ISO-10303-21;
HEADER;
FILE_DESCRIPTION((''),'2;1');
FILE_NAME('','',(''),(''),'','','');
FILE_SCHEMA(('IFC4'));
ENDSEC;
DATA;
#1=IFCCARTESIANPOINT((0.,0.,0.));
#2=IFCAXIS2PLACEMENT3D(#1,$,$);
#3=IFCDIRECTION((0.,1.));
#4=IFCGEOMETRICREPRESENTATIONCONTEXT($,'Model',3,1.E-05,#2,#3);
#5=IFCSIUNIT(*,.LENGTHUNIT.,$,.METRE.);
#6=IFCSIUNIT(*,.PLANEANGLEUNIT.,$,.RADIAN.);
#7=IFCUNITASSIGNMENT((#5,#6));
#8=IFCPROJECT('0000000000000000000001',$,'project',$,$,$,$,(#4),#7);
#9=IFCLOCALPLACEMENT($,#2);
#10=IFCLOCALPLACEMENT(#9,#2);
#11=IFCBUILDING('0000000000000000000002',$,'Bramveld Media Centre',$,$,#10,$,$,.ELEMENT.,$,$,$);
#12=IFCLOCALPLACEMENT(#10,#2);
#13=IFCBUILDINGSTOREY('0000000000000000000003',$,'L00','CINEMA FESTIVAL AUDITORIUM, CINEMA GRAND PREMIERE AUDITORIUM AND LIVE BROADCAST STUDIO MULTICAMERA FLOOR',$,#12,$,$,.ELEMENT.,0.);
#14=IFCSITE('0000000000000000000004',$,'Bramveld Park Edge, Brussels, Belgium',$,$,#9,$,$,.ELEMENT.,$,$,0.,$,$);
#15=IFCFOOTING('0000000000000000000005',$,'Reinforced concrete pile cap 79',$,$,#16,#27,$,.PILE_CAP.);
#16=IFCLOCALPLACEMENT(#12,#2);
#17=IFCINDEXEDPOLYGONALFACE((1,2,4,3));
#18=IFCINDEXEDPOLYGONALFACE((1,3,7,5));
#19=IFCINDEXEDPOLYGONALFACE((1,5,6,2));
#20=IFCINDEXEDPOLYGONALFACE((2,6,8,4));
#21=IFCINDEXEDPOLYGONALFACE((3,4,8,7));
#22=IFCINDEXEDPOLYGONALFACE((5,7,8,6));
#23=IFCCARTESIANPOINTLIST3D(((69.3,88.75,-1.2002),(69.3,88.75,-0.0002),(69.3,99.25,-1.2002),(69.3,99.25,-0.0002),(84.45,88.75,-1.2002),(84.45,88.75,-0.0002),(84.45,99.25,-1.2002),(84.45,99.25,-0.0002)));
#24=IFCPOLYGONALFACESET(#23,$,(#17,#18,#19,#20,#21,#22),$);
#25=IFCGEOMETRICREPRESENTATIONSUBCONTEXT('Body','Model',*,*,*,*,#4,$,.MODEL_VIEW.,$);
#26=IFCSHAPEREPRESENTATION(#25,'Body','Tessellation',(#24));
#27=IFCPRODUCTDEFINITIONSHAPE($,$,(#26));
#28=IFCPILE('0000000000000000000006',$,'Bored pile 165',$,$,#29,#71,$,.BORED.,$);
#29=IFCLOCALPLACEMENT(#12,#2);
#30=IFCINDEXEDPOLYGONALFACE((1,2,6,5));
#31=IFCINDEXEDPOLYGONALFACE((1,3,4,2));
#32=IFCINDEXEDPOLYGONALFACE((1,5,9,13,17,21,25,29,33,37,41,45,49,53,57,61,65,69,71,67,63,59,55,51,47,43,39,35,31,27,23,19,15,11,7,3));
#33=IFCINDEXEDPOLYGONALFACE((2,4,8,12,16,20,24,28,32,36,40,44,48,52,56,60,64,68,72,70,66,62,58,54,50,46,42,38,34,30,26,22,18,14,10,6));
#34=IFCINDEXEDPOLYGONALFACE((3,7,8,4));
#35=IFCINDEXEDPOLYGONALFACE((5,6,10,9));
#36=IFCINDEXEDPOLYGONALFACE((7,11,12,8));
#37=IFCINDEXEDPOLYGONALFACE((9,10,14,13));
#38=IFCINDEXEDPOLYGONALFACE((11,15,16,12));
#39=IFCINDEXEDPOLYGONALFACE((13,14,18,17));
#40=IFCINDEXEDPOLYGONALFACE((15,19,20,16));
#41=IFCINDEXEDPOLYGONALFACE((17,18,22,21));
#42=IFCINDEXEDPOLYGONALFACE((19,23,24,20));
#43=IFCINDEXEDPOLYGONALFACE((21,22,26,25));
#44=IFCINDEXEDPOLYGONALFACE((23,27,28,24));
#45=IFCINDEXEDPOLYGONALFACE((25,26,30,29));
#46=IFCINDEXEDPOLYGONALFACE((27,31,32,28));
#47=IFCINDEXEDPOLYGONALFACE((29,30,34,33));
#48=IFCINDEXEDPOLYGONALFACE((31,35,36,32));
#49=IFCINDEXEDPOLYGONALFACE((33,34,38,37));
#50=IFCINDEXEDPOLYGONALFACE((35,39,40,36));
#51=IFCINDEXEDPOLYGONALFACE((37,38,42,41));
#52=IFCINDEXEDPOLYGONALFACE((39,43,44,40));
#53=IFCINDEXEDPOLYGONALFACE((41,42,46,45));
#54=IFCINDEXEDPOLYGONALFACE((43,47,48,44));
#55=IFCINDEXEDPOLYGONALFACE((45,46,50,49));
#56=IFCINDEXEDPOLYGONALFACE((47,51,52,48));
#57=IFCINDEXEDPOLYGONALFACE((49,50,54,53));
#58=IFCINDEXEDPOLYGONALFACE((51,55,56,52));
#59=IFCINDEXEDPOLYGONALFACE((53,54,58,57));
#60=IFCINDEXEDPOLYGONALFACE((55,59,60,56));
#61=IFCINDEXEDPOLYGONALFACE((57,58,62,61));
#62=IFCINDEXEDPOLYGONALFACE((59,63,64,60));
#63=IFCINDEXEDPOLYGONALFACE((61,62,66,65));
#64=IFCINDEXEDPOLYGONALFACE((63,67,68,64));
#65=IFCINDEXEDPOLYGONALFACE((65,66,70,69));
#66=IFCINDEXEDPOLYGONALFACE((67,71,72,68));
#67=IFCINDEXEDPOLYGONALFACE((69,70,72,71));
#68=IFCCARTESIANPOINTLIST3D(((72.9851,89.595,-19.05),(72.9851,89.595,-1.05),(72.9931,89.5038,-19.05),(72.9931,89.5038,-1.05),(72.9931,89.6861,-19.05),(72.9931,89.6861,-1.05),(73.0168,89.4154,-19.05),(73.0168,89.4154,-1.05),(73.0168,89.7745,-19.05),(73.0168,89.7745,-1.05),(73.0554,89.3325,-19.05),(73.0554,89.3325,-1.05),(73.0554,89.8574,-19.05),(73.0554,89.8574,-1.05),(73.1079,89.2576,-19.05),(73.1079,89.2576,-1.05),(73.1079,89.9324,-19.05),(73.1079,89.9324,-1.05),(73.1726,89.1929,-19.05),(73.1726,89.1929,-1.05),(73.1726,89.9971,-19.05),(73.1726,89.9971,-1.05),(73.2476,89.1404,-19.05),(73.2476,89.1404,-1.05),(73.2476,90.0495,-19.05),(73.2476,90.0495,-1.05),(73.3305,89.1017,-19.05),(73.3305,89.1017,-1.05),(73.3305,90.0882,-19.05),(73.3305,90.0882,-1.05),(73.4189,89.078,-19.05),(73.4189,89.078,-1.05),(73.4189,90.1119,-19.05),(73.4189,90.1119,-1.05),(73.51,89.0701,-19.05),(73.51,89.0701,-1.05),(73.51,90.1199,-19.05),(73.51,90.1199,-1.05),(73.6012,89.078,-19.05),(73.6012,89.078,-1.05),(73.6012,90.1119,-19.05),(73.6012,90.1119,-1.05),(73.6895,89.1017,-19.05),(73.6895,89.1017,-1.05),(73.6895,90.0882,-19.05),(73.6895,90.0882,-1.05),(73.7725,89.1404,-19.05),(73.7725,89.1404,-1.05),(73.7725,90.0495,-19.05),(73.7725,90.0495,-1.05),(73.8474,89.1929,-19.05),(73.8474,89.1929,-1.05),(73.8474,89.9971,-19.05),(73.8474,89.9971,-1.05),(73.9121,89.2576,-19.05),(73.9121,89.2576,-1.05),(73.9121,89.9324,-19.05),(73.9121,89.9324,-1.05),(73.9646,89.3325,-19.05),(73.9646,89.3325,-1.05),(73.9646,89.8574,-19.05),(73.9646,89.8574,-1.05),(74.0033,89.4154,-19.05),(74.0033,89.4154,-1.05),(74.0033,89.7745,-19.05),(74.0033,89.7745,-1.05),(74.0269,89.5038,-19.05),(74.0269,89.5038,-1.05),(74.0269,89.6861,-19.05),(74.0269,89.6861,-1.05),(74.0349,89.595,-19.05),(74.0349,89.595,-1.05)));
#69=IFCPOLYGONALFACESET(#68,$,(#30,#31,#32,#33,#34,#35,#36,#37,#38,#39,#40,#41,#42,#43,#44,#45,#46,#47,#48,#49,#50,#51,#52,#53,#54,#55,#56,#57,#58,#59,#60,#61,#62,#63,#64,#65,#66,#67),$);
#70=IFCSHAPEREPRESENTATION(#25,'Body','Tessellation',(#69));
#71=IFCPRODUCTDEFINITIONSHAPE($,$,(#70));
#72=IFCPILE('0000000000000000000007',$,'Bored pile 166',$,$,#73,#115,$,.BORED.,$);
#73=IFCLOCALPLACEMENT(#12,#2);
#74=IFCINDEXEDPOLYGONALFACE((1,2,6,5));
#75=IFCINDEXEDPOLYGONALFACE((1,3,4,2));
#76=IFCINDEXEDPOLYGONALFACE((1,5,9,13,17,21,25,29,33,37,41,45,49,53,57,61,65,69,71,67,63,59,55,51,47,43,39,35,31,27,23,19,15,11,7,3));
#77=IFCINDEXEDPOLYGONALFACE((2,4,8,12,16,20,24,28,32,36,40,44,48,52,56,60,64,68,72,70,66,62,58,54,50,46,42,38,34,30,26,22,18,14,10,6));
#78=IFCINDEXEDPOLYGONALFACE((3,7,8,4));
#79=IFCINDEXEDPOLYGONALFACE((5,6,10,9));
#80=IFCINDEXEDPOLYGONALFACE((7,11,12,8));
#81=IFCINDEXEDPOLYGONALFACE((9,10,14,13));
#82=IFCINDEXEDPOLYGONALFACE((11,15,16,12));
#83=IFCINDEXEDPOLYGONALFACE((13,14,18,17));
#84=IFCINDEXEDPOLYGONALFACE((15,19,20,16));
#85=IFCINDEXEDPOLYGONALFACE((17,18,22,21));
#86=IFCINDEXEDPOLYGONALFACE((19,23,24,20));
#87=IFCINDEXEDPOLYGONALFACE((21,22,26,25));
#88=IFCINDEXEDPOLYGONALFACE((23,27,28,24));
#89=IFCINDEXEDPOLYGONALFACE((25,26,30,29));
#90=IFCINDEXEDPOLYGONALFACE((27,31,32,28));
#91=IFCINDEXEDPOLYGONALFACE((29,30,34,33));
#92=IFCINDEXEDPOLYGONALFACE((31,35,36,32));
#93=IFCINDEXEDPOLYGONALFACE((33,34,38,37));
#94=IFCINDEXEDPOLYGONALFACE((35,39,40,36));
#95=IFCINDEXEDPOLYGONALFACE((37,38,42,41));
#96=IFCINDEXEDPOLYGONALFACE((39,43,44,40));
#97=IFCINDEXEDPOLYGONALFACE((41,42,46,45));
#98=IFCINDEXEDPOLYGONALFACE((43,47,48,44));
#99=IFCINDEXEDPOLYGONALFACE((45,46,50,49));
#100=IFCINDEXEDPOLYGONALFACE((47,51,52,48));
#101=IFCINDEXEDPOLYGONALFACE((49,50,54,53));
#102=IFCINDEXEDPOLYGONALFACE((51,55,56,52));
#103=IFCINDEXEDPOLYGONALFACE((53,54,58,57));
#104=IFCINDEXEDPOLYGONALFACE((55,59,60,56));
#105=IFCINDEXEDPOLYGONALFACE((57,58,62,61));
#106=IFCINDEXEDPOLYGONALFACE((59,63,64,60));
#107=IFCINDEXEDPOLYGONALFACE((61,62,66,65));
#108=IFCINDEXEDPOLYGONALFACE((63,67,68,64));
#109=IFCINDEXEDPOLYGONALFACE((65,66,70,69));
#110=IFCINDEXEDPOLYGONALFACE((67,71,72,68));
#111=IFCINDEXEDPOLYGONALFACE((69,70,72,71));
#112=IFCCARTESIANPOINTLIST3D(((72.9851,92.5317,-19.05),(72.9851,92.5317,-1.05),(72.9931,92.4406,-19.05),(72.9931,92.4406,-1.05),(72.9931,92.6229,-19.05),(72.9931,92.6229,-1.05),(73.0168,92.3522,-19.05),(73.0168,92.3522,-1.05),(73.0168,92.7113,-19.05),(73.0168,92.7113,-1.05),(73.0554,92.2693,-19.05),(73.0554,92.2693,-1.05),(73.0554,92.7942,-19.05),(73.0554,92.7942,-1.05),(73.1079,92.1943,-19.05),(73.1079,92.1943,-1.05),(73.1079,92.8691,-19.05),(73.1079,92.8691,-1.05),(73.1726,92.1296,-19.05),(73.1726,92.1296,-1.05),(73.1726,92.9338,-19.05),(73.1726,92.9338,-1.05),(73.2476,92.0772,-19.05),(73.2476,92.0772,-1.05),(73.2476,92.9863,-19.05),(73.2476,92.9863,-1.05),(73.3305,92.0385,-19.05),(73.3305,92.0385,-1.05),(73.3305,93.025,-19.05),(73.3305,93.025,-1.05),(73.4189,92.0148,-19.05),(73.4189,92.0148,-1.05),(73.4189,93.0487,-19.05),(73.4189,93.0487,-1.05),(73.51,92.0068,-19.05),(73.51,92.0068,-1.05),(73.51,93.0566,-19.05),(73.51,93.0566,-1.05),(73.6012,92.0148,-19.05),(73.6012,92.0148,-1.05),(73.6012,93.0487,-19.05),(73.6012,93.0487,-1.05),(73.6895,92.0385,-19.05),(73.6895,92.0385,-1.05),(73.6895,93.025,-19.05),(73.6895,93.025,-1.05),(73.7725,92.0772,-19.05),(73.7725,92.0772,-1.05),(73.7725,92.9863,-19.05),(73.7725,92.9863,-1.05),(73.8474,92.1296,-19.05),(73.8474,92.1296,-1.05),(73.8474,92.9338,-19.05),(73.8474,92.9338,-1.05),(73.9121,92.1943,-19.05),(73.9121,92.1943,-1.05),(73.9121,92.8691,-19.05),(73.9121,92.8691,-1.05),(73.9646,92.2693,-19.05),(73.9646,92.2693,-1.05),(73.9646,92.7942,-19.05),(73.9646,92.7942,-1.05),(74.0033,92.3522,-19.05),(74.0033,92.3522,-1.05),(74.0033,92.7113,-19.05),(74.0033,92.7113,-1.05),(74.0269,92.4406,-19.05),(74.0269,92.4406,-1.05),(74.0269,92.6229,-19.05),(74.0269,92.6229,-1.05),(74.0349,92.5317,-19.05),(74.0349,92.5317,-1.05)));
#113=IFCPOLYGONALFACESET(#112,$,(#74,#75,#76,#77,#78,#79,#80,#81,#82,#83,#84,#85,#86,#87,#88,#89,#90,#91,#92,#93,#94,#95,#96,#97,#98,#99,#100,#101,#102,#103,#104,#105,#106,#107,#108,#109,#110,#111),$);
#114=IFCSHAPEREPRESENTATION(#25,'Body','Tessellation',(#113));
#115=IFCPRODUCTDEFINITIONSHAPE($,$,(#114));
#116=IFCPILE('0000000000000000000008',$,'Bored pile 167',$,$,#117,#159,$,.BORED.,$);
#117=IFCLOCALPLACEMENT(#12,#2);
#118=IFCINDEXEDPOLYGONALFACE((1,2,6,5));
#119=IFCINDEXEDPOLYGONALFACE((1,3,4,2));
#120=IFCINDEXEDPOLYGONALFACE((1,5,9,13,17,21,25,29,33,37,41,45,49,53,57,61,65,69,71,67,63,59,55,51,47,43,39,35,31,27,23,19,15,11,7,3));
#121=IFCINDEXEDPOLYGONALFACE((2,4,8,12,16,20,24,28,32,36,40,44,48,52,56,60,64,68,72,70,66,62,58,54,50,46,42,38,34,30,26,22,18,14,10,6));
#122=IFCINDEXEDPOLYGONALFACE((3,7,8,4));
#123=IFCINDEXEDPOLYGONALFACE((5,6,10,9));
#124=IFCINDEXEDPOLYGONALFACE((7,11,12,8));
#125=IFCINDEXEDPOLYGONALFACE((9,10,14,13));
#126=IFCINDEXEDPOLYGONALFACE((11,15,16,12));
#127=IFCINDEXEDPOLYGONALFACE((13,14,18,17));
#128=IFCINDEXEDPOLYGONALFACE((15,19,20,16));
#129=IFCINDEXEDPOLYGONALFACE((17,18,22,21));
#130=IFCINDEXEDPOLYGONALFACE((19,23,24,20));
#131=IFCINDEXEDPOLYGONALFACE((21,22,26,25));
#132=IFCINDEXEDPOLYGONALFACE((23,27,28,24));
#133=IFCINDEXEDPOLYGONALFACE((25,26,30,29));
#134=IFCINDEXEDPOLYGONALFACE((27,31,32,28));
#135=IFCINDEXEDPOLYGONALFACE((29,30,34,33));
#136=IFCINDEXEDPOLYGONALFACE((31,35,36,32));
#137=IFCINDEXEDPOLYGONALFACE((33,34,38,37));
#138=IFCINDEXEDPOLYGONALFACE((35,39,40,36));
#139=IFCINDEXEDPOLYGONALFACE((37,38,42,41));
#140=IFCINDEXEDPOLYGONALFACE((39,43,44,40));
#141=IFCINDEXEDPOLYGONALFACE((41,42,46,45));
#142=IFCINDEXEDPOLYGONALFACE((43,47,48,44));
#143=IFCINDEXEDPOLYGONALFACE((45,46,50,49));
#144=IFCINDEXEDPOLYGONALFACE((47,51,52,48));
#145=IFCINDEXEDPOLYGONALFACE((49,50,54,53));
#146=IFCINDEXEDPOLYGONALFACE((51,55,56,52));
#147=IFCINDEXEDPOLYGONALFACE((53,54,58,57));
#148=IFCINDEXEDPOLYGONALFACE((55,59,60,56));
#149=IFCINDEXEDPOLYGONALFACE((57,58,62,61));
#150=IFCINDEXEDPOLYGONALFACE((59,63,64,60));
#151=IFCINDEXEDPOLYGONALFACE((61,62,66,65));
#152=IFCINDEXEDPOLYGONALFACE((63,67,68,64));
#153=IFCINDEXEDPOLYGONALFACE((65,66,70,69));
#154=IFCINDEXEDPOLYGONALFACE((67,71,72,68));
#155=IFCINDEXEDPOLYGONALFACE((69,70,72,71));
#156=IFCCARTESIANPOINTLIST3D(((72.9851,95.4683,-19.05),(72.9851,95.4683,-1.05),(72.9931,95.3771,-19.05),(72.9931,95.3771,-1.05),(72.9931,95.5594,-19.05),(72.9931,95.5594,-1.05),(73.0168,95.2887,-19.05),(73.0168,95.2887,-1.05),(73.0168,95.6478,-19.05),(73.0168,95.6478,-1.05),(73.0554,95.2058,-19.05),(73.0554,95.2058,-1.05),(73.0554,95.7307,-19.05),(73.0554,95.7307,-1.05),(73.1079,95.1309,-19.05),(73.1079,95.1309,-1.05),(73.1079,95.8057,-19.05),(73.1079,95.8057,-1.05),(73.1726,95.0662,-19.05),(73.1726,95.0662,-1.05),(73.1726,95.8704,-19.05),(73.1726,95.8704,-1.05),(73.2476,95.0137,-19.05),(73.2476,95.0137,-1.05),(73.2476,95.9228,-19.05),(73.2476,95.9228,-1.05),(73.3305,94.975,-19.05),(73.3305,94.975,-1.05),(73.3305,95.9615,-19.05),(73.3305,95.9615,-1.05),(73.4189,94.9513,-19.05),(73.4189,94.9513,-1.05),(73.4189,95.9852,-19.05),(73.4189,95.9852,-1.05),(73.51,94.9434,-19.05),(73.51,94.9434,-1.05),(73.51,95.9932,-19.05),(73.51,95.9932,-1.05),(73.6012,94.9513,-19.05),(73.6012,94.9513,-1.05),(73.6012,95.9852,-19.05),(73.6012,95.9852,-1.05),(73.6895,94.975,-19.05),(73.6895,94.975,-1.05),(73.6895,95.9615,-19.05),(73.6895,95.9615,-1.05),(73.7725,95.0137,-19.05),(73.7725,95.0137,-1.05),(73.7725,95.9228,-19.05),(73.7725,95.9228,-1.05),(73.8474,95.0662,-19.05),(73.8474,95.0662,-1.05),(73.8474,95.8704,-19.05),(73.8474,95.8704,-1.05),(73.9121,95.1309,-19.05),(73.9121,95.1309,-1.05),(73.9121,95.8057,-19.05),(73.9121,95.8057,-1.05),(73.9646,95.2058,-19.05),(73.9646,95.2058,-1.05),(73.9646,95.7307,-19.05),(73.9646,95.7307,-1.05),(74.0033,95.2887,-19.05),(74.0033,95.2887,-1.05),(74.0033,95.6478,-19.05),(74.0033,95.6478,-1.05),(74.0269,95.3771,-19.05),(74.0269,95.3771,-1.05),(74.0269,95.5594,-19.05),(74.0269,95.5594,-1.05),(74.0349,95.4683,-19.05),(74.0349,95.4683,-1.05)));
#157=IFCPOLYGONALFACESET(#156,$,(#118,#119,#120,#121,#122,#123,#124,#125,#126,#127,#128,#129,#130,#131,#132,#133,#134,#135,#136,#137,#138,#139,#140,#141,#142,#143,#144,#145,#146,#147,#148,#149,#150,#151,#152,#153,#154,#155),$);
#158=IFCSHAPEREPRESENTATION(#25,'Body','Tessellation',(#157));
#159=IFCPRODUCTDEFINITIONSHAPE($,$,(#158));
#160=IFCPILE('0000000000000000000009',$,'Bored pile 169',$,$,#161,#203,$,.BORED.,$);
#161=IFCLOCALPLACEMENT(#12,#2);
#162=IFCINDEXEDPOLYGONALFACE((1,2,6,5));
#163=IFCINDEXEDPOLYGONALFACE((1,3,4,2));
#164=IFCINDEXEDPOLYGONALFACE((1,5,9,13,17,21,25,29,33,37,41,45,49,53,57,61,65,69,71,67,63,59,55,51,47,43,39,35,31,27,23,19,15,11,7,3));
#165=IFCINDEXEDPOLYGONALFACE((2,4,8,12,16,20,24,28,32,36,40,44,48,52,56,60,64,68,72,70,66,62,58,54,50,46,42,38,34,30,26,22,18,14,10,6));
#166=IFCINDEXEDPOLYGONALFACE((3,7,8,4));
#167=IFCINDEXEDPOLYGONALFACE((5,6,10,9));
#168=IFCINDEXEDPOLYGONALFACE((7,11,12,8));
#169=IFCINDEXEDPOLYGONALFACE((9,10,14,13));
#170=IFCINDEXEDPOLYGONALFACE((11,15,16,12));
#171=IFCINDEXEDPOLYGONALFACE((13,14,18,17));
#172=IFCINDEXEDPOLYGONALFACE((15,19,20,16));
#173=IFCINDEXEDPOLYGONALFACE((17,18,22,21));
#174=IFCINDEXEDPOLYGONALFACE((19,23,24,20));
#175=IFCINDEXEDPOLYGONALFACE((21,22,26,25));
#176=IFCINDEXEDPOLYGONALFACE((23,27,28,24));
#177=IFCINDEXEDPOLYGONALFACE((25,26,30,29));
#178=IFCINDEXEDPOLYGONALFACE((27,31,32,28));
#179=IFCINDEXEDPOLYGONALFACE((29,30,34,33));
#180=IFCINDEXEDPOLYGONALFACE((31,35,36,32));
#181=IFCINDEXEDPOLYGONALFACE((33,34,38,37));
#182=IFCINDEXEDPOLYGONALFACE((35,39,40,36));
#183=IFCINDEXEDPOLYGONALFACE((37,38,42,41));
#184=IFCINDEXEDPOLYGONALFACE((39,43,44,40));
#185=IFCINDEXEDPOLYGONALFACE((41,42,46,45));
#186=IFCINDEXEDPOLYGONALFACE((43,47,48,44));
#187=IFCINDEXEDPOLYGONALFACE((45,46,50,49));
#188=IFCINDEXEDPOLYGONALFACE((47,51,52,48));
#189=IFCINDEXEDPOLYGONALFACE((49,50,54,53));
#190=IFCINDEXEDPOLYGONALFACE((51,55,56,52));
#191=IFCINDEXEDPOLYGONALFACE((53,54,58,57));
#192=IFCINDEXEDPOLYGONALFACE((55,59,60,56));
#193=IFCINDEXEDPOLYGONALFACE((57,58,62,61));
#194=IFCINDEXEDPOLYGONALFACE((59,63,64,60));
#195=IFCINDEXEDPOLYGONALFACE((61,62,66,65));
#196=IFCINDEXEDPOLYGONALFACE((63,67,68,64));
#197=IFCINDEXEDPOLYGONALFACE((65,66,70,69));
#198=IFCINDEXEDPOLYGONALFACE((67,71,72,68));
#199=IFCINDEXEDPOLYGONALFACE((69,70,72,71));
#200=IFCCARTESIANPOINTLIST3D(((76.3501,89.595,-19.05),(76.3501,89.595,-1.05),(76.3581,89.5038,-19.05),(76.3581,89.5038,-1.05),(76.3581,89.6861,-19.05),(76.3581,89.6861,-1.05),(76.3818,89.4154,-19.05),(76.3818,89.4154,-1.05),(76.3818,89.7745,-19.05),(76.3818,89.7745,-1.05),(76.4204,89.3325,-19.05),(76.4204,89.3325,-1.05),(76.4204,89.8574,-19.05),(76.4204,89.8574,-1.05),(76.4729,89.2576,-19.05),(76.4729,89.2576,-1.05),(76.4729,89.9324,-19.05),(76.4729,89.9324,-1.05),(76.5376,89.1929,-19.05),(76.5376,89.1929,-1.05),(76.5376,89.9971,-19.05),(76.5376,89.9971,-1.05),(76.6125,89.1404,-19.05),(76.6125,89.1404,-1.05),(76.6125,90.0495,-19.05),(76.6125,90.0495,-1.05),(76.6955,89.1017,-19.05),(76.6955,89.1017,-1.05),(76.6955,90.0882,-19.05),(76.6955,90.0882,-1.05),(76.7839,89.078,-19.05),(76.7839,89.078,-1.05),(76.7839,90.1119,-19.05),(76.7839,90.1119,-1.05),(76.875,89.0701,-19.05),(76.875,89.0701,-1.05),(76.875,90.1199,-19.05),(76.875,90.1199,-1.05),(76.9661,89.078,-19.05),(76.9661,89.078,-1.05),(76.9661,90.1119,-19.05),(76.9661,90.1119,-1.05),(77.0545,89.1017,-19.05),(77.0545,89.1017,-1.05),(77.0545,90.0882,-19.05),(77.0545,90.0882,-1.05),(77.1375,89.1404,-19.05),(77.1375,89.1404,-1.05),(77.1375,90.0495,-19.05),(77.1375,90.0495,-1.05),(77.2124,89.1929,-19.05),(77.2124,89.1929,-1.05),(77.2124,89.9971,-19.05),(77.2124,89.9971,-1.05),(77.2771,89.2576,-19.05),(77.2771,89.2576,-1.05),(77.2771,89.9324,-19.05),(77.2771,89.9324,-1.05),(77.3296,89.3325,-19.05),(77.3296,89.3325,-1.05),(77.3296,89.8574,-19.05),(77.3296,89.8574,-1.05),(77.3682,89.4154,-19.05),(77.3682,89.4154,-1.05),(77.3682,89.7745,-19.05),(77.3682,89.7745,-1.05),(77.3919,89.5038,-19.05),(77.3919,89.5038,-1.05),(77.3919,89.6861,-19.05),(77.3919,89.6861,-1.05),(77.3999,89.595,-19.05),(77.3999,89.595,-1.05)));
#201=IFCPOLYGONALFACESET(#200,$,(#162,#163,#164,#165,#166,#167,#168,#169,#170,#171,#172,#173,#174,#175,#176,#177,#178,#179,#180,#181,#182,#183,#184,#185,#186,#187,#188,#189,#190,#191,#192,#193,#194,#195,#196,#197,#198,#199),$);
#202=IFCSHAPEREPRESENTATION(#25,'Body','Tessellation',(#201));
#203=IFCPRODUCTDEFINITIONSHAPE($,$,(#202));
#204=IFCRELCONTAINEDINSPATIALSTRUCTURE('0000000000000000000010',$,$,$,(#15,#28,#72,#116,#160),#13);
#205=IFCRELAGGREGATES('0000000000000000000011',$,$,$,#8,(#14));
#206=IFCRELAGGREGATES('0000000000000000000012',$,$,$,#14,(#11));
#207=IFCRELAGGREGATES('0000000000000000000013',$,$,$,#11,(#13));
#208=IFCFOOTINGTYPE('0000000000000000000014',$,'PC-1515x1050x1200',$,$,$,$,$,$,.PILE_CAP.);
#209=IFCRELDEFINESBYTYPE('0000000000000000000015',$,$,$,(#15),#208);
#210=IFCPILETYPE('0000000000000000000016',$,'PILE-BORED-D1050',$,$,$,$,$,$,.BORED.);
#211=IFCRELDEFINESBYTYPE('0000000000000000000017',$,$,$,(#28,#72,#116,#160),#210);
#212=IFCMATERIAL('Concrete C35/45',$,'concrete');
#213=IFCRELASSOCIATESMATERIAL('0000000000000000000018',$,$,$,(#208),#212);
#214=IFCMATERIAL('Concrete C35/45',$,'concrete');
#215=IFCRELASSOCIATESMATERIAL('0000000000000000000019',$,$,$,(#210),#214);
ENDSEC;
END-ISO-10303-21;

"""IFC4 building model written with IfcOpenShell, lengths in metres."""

from ifc_helpers import new_model, si_unit, direction, frame, origin, origin_2d, place, context, subcontext, project, spatial, rectangle, circle, extrude, material, material_profile, profile_set, type_object, element, save


model = new_model("IFC4")

# Units and contexts
model_context = context("Model", 3, precision=1e-05, world=origin(), true_north=direction((0.0, 1.0)))
body_context = subcontext(model_context, "Body", "Model", "MODEL_VIEW")
ifc_project = project(units=[si_unit("LENGTHUNIT", "METRE"), si_unit("PLANEANGLEUNIT", "RADIAN")], contexts=[model_context])

# Site, building, storey
site_placement = place(None, origin())
site = spatial("IfcSite", under=ifc_project, at=site_placement, Name="Bramveld Park Edge, Brussels, Belgium", CompositionType="ELEMENT", RefElevation=0.0)
building_placement = place(site_placement, origin())
building = spatial("IfcBuilding", under=site, at=building_placement, Name="Bramveld Media Centre", CompositionType="ELEMENT")
storey_placement = place(building_placement, origin())
storey = spatial("IfcBuildingStorey", under=building, at=storey_placement, Name="L00", Description="CINEMA FESTIVAL AUDITORIUM, CINEMA GRAND PREMIERE AUDITORIUM AND LIVE BROADCAST STUDIO MULTICAMERA FLOOR", CompositionType="ELEMENT", Elevation=0.0)

# Footing
ifc_material_1 = material(Name="Concrete C35/45", Category="concrete")
footing_type = type_object("IfcFootingType", Name="PC-1515x1050x1200", PredefinedType="PILE_CAP", material=ifc_material_1)
footing_placement = place(storey_placement, frame((76.875, 94.0, -1.2002), z_axis=(0.0, 0.0, 1.0), x_axis=(1.0, 0.0, 0.0)))
element("IfcFooting", 1, at=footing_placement, inside=storey, type_object=footing_type, Name="Reinforced concrete pile cap 79", PredefinedType="PILE_CAP", context=body_context, shape_type="SweptSolid", body=[
    extrude(rectangle(XDim=15.1499, YDim=10.5, at=origin_2d()), origin(), (0.0, 0.0, 1.0), 1.2),
])

# Piles
ifc_material_2 = material(Name="Concrete C35/45", Category="concrete")
ifc_material_profile_1 = material_profile(ifc_material_2, circle(Radius=0.5249, at=origin_2d()), Name="BORED D1050")
ifc_profile_set_1 = profile_set([ifc_material_profile_1], Name="Concrete C35/45")
pile_type = type_object("IfcPileType", Name="PILE-BORED-D1050", PredefinedType="BORED", material=ifc_profile_set_1)
for number, where, z_axis, x_axis, name in (
    (2, (73.51, 89.595, -1.05), (0.0, 0.0, -1.0), (1.0, 0.0, 0.0), "Bored pile 165"),
    (3, (73.51, 92.5317, -1.05), (0.0, 0.0, -1.0), (1.0, 0.0, 0.0), "Bored pile 166"),
    (4, (73.51, 95.4683, -1.05), (0.0, 0.0, -1.0), (1.0, 0.0, 0.0), "Bored pile 167"),
    (5, (76.875, 89.595, -1.05), (0.0, 0.0, -1.0), (1.0, 0.0, 0.0), "Bored pile 169"),
):
    element("IfcPile", number, at=place(storey_placement, frame(where, z_axis=z_axis, x_axis=x_axis)), inside=storey, type_object=pile_type, Name=name, PredefinedType="BORED", context=body_context, shape_type="SweptSolid", body=[
        extrude(circle(Radius=0.5249, at=origin_2d()), origin(), (0.0, 0.0, 1.0), 18.0),
    ])

save(model, "model.ifc")
